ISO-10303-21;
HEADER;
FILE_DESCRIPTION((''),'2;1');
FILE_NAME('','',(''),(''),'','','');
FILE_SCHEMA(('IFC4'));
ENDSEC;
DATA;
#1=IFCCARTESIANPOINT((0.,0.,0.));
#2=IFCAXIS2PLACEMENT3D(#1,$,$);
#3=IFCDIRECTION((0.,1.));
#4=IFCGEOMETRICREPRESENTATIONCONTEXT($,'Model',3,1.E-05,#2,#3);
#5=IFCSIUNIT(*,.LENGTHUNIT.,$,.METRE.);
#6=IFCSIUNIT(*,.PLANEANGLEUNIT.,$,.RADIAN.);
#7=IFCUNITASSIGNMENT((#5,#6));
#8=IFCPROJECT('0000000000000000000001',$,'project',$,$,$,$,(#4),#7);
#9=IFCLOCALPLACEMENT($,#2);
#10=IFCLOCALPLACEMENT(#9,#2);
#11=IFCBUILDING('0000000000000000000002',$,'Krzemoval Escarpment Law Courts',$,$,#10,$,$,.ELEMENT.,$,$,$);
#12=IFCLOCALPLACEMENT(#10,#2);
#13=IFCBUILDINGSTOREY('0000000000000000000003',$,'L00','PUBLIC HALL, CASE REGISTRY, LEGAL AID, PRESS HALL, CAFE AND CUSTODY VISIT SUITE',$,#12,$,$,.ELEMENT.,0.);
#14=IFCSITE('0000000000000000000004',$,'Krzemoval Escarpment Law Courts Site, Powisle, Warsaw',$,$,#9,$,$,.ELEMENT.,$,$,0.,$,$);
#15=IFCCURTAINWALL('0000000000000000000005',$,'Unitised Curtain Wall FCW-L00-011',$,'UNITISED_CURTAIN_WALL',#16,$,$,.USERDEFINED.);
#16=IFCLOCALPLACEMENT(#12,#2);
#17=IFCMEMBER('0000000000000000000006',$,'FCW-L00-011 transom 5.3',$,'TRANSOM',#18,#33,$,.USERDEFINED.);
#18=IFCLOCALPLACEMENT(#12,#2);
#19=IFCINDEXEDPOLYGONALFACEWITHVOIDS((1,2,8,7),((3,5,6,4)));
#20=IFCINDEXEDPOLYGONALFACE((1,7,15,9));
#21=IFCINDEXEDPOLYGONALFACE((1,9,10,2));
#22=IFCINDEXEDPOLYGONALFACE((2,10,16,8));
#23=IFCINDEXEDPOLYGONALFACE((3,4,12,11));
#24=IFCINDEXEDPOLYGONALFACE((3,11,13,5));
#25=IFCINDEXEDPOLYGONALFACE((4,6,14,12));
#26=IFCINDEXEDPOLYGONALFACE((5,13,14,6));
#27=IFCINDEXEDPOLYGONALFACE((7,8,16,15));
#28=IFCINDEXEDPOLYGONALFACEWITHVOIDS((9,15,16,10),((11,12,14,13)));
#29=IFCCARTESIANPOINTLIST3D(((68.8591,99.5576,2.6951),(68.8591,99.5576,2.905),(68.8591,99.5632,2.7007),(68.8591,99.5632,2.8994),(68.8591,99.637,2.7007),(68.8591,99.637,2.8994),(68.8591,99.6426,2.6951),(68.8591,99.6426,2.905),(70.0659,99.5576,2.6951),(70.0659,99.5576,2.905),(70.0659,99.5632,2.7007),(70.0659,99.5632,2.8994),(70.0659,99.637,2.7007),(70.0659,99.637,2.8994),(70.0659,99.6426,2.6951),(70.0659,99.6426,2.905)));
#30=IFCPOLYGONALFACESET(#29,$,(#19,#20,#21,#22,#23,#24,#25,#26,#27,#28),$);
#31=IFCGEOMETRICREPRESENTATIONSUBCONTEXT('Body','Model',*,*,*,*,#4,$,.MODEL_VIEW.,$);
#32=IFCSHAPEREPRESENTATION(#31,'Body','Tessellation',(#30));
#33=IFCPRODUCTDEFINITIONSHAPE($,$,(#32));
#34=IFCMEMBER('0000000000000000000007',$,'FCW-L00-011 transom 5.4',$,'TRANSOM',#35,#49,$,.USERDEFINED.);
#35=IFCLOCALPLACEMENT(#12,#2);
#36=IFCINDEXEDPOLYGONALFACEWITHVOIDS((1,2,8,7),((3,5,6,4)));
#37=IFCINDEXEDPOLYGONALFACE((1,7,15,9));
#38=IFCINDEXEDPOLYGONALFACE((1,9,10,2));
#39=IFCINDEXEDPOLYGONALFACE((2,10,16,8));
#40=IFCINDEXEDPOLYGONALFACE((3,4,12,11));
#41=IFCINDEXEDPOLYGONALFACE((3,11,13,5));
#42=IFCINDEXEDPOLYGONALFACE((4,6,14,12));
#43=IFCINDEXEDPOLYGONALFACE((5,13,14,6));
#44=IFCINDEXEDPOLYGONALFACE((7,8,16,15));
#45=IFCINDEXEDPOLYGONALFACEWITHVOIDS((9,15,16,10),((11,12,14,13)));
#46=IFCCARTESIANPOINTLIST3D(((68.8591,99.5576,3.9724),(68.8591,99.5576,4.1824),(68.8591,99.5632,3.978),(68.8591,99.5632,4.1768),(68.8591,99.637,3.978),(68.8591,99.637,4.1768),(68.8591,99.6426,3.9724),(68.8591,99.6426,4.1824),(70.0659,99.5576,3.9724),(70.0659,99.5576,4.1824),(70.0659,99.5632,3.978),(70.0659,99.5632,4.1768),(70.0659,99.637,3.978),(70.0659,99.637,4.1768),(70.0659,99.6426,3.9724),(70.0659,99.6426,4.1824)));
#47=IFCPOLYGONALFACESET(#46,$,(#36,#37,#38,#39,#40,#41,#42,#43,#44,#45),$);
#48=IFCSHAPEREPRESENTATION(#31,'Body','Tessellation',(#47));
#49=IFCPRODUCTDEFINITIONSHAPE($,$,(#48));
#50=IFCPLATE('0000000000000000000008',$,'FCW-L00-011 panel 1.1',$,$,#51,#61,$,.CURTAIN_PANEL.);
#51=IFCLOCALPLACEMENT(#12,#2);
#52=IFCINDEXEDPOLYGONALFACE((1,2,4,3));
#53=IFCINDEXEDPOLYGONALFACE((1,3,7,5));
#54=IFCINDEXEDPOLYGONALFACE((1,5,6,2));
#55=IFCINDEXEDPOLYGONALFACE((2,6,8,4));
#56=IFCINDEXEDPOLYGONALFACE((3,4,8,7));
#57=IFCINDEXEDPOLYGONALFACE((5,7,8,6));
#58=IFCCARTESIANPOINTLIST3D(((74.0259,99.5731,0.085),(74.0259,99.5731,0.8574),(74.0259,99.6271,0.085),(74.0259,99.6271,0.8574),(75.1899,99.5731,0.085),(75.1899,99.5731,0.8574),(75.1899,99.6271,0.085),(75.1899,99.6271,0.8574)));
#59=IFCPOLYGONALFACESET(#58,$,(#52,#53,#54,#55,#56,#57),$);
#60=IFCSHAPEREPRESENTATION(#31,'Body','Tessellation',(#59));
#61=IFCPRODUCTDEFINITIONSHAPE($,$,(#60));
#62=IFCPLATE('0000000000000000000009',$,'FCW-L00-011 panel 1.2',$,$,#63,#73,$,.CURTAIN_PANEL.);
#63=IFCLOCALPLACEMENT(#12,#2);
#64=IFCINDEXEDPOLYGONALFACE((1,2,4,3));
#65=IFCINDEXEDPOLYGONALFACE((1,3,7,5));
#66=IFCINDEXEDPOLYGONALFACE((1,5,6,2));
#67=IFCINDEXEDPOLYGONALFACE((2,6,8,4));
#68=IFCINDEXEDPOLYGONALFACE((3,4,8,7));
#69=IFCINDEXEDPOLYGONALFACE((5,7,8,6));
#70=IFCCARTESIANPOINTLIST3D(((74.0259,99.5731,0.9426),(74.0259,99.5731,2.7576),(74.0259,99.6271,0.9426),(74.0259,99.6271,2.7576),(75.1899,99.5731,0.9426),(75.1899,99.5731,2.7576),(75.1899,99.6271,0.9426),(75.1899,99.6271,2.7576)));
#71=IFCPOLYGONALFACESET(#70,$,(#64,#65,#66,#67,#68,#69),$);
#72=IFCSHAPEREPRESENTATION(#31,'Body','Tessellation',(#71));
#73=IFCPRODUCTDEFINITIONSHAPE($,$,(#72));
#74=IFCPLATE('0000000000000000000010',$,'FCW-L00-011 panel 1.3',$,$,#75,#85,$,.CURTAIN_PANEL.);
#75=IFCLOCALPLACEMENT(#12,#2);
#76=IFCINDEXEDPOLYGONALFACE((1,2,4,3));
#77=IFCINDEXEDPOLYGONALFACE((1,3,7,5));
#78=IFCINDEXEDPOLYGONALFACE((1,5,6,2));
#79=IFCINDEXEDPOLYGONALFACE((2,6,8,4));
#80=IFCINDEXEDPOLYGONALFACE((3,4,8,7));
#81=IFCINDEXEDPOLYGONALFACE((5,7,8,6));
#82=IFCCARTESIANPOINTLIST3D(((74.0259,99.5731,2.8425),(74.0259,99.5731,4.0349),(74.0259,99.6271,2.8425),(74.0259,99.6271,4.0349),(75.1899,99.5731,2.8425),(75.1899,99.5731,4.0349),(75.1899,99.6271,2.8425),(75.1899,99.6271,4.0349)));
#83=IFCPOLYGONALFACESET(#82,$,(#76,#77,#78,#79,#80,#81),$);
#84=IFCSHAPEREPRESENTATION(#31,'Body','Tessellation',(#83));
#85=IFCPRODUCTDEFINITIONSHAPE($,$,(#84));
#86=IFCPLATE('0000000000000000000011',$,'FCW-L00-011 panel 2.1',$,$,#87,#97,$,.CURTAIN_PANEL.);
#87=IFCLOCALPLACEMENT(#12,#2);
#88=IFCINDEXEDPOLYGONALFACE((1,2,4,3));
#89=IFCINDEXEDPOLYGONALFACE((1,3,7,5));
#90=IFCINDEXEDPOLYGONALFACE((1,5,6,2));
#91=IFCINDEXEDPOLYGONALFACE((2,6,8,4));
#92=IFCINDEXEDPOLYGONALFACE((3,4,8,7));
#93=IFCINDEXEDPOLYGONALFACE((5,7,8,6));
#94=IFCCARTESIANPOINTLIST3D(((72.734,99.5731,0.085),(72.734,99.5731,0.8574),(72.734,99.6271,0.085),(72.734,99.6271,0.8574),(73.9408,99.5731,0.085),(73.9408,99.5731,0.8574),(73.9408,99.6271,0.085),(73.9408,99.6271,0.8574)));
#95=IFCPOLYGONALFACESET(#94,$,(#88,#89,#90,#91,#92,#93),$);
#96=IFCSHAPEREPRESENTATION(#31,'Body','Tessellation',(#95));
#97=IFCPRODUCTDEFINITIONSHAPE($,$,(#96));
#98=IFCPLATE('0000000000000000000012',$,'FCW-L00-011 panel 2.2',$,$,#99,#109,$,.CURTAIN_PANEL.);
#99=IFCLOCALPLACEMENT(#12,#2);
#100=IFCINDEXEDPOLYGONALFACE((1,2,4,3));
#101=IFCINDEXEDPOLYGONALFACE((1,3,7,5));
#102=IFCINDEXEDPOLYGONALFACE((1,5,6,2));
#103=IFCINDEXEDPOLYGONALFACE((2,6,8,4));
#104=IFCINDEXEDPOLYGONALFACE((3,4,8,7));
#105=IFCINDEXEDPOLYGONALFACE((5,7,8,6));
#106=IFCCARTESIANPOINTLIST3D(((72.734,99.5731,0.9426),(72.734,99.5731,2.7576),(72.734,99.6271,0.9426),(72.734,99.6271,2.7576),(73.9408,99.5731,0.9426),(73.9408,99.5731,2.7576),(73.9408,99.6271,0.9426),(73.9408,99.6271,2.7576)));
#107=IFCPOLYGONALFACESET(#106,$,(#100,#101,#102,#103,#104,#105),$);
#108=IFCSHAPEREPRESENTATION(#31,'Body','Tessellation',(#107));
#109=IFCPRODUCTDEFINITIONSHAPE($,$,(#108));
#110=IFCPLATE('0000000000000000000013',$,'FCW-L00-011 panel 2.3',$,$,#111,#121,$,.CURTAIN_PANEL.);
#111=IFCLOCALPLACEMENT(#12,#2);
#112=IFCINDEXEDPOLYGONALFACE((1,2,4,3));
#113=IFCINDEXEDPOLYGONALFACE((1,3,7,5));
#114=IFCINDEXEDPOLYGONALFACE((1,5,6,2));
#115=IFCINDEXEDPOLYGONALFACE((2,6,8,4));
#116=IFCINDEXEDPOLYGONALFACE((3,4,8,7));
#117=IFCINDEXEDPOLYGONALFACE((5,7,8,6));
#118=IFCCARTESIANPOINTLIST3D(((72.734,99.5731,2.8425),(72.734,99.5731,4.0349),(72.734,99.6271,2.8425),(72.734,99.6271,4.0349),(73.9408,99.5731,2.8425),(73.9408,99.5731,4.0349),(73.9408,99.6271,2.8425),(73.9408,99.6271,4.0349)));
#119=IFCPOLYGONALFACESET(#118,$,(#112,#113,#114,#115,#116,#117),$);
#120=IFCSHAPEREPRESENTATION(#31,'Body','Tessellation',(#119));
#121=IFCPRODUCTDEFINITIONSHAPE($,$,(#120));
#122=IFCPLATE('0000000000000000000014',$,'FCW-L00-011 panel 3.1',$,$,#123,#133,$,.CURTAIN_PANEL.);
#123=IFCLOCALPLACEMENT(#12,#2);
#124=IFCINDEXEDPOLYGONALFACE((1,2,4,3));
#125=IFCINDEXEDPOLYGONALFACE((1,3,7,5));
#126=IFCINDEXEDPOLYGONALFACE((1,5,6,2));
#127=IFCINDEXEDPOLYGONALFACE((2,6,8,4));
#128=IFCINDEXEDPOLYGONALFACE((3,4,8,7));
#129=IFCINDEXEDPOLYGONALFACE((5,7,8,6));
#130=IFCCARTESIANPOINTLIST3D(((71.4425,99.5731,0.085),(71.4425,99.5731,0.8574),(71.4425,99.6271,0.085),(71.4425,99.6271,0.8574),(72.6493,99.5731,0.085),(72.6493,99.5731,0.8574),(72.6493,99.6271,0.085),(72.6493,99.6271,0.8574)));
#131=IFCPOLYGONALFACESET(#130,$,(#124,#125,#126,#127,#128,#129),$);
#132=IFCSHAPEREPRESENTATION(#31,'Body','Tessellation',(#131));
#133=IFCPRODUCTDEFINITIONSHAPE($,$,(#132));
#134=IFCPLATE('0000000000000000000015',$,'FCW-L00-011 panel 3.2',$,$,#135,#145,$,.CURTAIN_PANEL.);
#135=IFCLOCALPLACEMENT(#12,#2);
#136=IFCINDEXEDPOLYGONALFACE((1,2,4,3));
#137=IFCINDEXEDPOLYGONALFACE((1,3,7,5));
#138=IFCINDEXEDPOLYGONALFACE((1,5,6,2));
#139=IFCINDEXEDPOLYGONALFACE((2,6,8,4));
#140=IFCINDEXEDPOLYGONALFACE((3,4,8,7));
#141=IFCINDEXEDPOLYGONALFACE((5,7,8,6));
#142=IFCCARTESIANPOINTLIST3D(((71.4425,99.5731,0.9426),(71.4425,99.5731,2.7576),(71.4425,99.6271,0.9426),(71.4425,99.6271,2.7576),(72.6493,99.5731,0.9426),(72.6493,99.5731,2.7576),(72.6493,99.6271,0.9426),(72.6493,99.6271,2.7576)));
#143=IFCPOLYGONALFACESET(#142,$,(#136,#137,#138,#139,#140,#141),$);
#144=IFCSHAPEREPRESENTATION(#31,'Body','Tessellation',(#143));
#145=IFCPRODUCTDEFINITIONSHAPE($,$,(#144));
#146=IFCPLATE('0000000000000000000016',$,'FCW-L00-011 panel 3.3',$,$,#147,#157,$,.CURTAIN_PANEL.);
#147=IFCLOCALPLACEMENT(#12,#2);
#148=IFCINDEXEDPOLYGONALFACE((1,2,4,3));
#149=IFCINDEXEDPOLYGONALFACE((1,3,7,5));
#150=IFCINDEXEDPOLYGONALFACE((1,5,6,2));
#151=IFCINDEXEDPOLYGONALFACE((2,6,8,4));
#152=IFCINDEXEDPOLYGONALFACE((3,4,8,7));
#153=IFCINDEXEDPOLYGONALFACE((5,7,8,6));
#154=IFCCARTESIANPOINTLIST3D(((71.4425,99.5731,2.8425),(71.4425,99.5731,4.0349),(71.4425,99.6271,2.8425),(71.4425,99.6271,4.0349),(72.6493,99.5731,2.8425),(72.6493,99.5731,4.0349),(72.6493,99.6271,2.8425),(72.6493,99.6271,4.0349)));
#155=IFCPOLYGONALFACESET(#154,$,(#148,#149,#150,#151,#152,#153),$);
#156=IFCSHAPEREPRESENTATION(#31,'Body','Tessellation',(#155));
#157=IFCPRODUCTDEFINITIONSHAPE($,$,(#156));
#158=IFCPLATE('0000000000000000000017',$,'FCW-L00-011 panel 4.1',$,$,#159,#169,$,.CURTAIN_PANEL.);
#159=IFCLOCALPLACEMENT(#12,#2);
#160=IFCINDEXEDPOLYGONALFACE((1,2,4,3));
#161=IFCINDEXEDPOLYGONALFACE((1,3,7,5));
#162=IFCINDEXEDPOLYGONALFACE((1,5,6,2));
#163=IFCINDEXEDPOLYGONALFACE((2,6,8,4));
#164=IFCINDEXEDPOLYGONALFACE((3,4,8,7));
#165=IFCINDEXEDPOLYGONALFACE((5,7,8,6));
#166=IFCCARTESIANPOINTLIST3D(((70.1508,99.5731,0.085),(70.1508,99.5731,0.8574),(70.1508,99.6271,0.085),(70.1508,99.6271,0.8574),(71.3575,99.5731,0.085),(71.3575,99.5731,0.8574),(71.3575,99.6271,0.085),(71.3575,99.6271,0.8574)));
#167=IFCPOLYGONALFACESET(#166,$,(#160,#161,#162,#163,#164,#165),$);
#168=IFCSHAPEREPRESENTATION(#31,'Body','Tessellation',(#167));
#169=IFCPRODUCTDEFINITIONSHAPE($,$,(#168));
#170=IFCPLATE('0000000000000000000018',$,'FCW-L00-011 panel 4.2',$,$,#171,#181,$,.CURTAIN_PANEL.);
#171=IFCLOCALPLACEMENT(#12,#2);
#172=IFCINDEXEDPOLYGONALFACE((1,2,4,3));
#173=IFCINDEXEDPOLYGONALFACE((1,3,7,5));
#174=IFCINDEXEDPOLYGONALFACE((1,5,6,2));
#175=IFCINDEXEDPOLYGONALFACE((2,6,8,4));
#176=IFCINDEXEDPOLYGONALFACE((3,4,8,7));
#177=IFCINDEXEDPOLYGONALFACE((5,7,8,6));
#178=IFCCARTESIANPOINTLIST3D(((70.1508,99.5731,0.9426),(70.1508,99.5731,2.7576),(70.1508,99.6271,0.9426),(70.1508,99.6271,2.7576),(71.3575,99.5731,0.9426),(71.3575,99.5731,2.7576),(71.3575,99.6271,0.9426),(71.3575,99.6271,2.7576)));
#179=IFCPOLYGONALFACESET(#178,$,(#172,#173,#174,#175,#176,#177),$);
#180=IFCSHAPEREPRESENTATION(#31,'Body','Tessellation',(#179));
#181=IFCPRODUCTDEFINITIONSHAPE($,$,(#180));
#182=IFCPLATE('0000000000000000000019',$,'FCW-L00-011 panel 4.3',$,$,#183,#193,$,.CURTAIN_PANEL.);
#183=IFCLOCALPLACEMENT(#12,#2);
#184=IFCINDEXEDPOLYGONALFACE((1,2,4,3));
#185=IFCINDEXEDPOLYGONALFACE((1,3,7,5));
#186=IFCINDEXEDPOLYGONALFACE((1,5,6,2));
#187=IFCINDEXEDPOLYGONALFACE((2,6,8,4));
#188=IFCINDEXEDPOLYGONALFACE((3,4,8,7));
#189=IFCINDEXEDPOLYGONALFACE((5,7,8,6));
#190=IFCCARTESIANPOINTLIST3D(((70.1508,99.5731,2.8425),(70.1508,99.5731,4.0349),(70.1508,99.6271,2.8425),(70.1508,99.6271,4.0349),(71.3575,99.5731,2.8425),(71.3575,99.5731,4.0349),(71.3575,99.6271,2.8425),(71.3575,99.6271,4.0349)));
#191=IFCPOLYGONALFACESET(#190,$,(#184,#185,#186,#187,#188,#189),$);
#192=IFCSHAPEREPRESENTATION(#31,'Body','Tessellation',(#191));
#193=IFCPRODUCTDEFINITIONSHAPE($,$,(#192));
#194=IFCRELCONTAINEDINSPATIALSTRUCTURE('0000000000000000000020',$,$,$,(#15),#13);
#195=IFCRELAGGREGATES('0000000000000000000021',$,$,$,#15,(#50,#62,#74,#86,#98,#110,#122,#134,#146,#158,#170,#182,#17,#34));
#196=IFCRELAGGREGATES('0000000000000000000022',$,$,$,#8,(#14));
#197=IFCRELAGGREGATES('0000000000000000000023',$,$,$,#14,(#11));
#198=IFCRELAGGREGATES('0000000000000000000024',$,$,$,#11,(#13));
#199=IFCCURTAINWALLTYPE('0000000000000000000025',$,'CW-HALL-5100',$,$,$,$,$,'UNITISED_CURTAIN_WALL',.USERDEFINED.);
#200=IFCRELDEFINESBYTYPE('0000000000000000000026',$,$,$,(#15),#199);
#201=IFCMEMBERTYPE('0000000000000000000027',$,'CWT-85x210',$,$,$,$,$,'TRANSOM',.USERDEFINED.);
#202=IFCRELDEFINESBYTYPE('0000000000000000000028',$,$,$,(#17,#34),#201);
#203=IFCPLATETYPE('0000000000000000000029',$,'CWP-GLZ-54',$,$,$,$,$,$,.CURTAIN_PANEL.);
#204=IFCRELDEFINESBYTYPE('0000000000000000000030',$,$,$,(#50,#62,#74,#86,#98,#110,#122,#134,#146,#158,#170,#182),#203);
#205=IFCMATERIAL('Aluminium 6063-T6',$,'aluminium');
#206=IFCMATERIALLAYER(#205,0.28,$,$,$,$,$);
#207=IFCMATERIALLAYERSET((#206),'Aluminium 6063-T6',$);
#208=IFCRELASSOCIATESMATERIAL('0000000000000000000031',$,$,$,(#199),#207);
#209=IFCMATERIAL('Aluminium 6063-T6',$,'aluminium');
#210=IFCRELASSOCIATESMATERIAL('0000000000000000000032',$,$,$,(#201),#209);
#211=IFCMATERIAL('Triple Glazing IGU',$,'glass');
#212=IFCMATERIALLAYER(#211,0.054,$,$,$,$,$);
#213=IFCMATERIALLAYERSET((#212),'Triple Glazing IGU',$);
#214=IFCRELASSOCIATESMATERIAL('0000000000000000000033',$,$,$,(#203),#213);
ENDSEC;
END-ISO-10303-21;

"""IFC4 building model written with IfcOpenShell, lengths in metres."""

from ifc_helpers import new_model, si_unit, direction, frame, origin, origin_2d, place, context, subcontext, project, spatial, rectangle, hollow_rectangle, extrude, material, layer, layer_set, material_profile, profile_set, type_object, element, aggregate, save


model = new_model("IFC4")

# Units and contexts
model_context = context("Model", 3, precision=1e-05, world=origin(), true_north=direction((0.0, 1.0)))
body_context = subcontext(model_context, "Body", "Model", "MODEL_VIEW")
ifc_project = project(units=[si_unit("LENGTHUNIT", "METRE"), si_unit("PLANEANGLEUNIT", "RADIAN")], contexts=[model_context])

# Site, building, storey
site_placement = place(None, origin())
site = spatial("IfcSite", under=ifc_project, at=site_placement, Name="Krzemoval Escarpment Law Courts Site, Powisle, Warsaw", CompositionType="ELEMENT", RefElevation=0.0)
building_placement = place(site_placement, origin())
building = spatial("IfcBuilding", under=site, at=building_placement, Name="Krzemoval Escarpment Law Courts", CompositionType="ELEMENT")
storey_placement = place(building_placement, origin())
storey = spatial("IfcBuildingStorey", under=building, at=storey_placement, Name="L00", Description="PUBLIC HALL, CASE REGISTRY, LEGAL AID, PRESS HALL, CAFE AND CUSTODY VISIT SUITE", CompositionType="ELEMENT", Elevation=0.0)

# Curtain wall, members, plates
ifc_material_1 = material(Name="Aluminium 6063-T6", Category="aluminium")
ifc_layer_1 = layer(ifc_material_1, 0.28)
ifc_layer_set_1 = layer_set([ifc_layer_1], Name="Aluminium 6063-T6")
curtain_wall_type = type_object("IfcCurtainWallType", Name="CW-HALL-5100", ElementType="UNITISED_CURTAIN_WALL", PredefinedType="USERDEFINED", material=ifc_layer_set_1)
curtain_wall_placement = place(storey_placement, origin())
curtain_wall = element("IfcCurtainWall", 1, at=curtain_wall_placement, inside=storey, type_object=curtain_wall_type, Name="Unitised Curtain Wall FCW-L00-011", ObjectType="UNITISED_CURTAIN_WALL", PredefinedType="USERDEFINED")
ifc_material_2 = material(Name="Aluminium 6063-T6", Category="aluminium")
ifc_material_profile_1 = material_profile(ifc_material_2, hollow_rectangle(XDim=0.085, YDim=0.21, WallThickness=0.0056, at=origin_2d()), Name="ALU T85x210")
ifc_profile_set_1 = profile_set([ifc_material_profile_1], Name="Aluminium 6063-T6")
member_type_1 = type_object("IfcMemberType", Name="CWT-85x210", ElementType="TRANSOM", PredefinedType="USERDEFINED", material=ifc_profile_set_1)
member_1_placement = place(storey_placement, frame((70.0659, 99.6001, 2.8), z_axis=(-1.0, 0.0, 0.0), x_axis=(0.0, -1.0, 0.0)))
member_1 = element("IfcMember", 2, at=member_1_placement, type_object=member_type_1, Name="FCW-L00-011 transom 5.3", ObjectType="TRANSOM", PredefinedType="USERDEFINED", context=body_context, shape_type="SweptSolid", body=[
    extrude(hollow_rectangle(XDim=0.085, YDim=0.21, WallThickness=0.0056, at=origin_2d()), origin(), (0.0, 0.0, 1.0), 1.2068),
])
member_2_placement = place(storey_placement, frame((70.0659, 99.6001, 4.0774), z_axis=(-1.0, 0.0, 0.0), x_axis=(0.0, -1.0, 0.0)))
member_2 = element("IfcMember", 3, at=member_2_placement, type_object=member_type_1, Name="FCW-L00-011 transom 5.4", ObjectType="TRANSOM", PredefinedType="USERDEFINED", context=body_context, shape_type="SweptSolid", body=[
    extrude(hollow_rectangle(XDim=0.085, YDim=0.21, WallThickness=0.0056, at=origin_2d()), origin(), (0.0, 0.0, 1.0), 1.2068),
])
ifc_material_3 = material(Name="Triple Glazing IGU", Category="glass")
ifc_layer_2 = layer(ifc_material_3, 0.054)
ifc_layer_set_2 = layer_set([ifc_layer_2], Name="Triple Glazing IGU")
plate_type = type_object("IfcPlateType", Name="CWP-GLZ-54", PredefinedType="CURTAIN_PANEL", material=ifc_layer_set_2)
plate_1_placement = place(storey_placement, frame((74.6079, 99.6001, 0.085), z_axis=(0.0, 0.0, 1.0), x_axis=(-1.0, 0.0, 0.0)))
plate_1 = element("IfcPlate", 4, at=plate_1_placement, type_object=plate_type, Name="FCW-L00-011 panel 1.1", PredefinedType="CURTAIN_PANEL", context=body_context, shape_type="SweptSolid", body=[
    extrude(rectangle(XDim=1.1641, YDim=0.054, at=origin_2d()), origin(), (0.0, 0.0, 1.0), 0.7725),
])
plate_2_placement = place(storey_placement, frame((74.6079, 99.6001, 0.9426), z_axis=(0.0, 0.0, 1.0), x_axis=(-1.0, 0.0, 0.0)))
plate_2 = element("IfcPlate", 5, at=plate_2_placement, type_object=plate_type, Name="FCW-L00-011 panel 1.2", PredefinedType="CURTAIN_PANEL", context=body_context, shape_type="SweptSolid", body=[
    extrude(rectangle(XDim=1.1641, YDim=0.054, at=origin_2d()), origin(), (0.0, 0.0, 1.0), 1.8149),
])
plate_3_placement = place(storey_placement, frame((74.6079, 99.6001, 2.8425), z_axis=(0.0, 0.0, 1.0), x_axis=(-1.0, 0.0, 0.0)))
plate_3 = element("IfcPlate", 6, at=plate_3_placement, type_object=plate_type, Name="FCW-L00-011 panel 1.3", PredefinedType="CURTAIN_PANEL", context=body_context, shape_type="SweptSolid", body=[
    extrude(rectangle(XDim=1.1641, YDim=0.054, at=origin_2d()), origin(), (0.0, 0.0, 1.0), 1.1924),
])
plate_4_placement = place(storey_placement, frame((73.3374, 99.6001, 0.085), z_axis=(0.0, 0.0, 1.0), x_axis=(-1.0, 0.0, 0.0)))
plate_4 = element("IfcPlate", 7, at=plate_4_placement, type_object=plate_type, Name="FCW-L00-011 panel 2.1", PredefinedType="CURTAIN_PANEL", context=body_context, shape_type="SweptSolid", body=[
    extrude(rectangle(XDim=1.2068, YDim=0.054, at=origin_2d()), origin(), (0.0, 0.0, 1.0), 0.7725),
])
plate_5_placement = place(storey_placement, frame((73.3374, 99.6001, 0.9426), z_axis=(0.0, 0.0, 1.0), x_axis=(-1.0, 0.0, 0.0)))
plate_5 = element("IfcPlate", 8, at=plate_5_placement, type_object=plate_type, Name="FCW-L00-011 panel 2.2", PredefinedType="CURTAIN_PANEL", context=body_context, shape_type="SweptSolid", body=[
    extrude(rectangle(XDim=1.2068, YDim=0.054, at=origin_2d()), origin(), (0.0, 0.0, 1.0), 1.8149),
])
plate_6_placement = place(storey_placement, frame((73.3374, 99.6001, 2.8425), z_axis=(0.0, 0.0, 1.0), x_axis=(-1.0, 0.0, 0.0)))
plate_6 = element("IfcPlate", 9, at=plate_6_placement, type_object=plate_type, Name="FCW-L00-011 panel 2.3", PredefinedType="CURTAIN_PANEL", context=body_context, shape_type="SweptSolid", body=[
    extrude(rectangle(XDim=1.2068, YDim=0.054, at=origin_2d()), origin(), (0.0, 0.0, 1.0), 1.1924),
])
plate_7_placement = place(storey_placement, frame((72.0459, 99.6001, 0.085), z_axis=(0.0, 0.0, 1.0), x_axis=(-1.0, 0.0, 0.0)))
plate_7 = element("IfcPlate", 10, at=plate_7_placement, type_object=plate_type, Name="FCW-L00-011 panel 3.1", PredefinedType="CURTAIN_PANEL", context=body_context, shape_type="SweptSolid", body=[
    extrude(rectangle(XDim=1.2068, YDim=0.054, at=origin_2d()), origin(), (0.0, 0.0, 1.0), 0.7725),
])
plate_8_placement = place(storey_placement, frame((72.0459, 99.6001, 0.9426), z_axis=(0.0, 0.0, 1.0), x_axis=(-1.0, 0.0, 0.0)))
plate_8 = element("IfcPlate", 11, at=plate_8_placement, type_object=plate_type, Name="FCW-L00-011 panel 3.2", PredefinedType="CURTAIN_PANEL", context=body_context, shape_type="SweptSolid", body=[
    extrude(rectangle(XDim=1.2068, YDim=0.054, at=origin_2d()), origin(), (0.0, 0.0, 1.0), 1.8149),
])
plate_9_placement = place(storey_placement, frame((72.0459, 99.6001, 2.8425), z_axis=(0.0, 0.0, 1.0), x_axis=(-1.0, 0.0, 0.0)))
plate_9 = element("IfcPlate", 12, at=plate_9_placement, type_object=plate_type, Name="FCW-L00-011 panel 3.3", PredefinedType="CURTAIN_PANEL", context=body_context, shape_type="SweptSolid", body=[
    extrude(rectangle(XDim=1.2068, YDim=0.054, at=origin_2d()), origin(), (0.0, 0.0, 1.0), 1.1924),
])
plate_10_placement = place(storey_placement, frame((70.7542, 99.6001, 0.085), z_axis=(0.0, 0.0, 1.0), x_axis=(-1.0, 0.0, 0.0)))
plate_10 = element("IfcPlate", 13, at=plate_10_placement, type_object=plate_type, Name="FCW-L00-011 panel 4.1", PredefinedType="CURTAIN_PANEL", context=body_context, shape_type="SweptSolid", body=[
    extrude(rectangle(XDim=1.2068, YDim=0.054, at=origin_2d()), origin(), (0.0, 0.0, 1.0), 0.7725),
])
plate_11_placement = place(storey_placement, frame((70.7542, 99.6001, 0.9426), z_axis=(0.0, 0.0, 1.0), x_axis=(-1.0, 0.0, 0.0)))
plate_11 = element("IfcPlate", 14, at=plate_11_placement, type_object=plate_type, Name="FCW-L00-011 panel 4.2", PredefinedType="CURTAIN_PANEL", context=body_context, shape_type="SweptSolid", body=[
    extrude(rectangle(XDim=1.2068, YDim=0.054, at=origin_2d()), origin(), (0.0, 0.0, 1.0), 1.8149),
])
plate_12_placement = place(storey_placement, frame((70.7542, 99.6001, 2.8425), z_axis=(0.0, 0.0, 1.0), x_axis=(-1.0, 0.0, 0.0)))
plate_12 = element("IfcPlate", 15, at=plate_12_placement, type_object=plate_type, Name="FCW-L00-011 panel 4.3", PredefinedType="CURTAIN_PANEL", context=body_context, shape_type="SweptSolid", body=[
    extrude(rectangle(XDim=1.2068, YDim=0.054, at=origin_2d()), origin(), (0.0, 0.0, 1.0), 1.1924),
])
aggregate(curtain_wall, [plate_1, plate_2, plate_3, plate_4, plate_5, plate_6, plate_7, plate_8, plate_9, plate_10, plate_11, plate_12, member_1, member_2])

save(model, "model.ifc")
